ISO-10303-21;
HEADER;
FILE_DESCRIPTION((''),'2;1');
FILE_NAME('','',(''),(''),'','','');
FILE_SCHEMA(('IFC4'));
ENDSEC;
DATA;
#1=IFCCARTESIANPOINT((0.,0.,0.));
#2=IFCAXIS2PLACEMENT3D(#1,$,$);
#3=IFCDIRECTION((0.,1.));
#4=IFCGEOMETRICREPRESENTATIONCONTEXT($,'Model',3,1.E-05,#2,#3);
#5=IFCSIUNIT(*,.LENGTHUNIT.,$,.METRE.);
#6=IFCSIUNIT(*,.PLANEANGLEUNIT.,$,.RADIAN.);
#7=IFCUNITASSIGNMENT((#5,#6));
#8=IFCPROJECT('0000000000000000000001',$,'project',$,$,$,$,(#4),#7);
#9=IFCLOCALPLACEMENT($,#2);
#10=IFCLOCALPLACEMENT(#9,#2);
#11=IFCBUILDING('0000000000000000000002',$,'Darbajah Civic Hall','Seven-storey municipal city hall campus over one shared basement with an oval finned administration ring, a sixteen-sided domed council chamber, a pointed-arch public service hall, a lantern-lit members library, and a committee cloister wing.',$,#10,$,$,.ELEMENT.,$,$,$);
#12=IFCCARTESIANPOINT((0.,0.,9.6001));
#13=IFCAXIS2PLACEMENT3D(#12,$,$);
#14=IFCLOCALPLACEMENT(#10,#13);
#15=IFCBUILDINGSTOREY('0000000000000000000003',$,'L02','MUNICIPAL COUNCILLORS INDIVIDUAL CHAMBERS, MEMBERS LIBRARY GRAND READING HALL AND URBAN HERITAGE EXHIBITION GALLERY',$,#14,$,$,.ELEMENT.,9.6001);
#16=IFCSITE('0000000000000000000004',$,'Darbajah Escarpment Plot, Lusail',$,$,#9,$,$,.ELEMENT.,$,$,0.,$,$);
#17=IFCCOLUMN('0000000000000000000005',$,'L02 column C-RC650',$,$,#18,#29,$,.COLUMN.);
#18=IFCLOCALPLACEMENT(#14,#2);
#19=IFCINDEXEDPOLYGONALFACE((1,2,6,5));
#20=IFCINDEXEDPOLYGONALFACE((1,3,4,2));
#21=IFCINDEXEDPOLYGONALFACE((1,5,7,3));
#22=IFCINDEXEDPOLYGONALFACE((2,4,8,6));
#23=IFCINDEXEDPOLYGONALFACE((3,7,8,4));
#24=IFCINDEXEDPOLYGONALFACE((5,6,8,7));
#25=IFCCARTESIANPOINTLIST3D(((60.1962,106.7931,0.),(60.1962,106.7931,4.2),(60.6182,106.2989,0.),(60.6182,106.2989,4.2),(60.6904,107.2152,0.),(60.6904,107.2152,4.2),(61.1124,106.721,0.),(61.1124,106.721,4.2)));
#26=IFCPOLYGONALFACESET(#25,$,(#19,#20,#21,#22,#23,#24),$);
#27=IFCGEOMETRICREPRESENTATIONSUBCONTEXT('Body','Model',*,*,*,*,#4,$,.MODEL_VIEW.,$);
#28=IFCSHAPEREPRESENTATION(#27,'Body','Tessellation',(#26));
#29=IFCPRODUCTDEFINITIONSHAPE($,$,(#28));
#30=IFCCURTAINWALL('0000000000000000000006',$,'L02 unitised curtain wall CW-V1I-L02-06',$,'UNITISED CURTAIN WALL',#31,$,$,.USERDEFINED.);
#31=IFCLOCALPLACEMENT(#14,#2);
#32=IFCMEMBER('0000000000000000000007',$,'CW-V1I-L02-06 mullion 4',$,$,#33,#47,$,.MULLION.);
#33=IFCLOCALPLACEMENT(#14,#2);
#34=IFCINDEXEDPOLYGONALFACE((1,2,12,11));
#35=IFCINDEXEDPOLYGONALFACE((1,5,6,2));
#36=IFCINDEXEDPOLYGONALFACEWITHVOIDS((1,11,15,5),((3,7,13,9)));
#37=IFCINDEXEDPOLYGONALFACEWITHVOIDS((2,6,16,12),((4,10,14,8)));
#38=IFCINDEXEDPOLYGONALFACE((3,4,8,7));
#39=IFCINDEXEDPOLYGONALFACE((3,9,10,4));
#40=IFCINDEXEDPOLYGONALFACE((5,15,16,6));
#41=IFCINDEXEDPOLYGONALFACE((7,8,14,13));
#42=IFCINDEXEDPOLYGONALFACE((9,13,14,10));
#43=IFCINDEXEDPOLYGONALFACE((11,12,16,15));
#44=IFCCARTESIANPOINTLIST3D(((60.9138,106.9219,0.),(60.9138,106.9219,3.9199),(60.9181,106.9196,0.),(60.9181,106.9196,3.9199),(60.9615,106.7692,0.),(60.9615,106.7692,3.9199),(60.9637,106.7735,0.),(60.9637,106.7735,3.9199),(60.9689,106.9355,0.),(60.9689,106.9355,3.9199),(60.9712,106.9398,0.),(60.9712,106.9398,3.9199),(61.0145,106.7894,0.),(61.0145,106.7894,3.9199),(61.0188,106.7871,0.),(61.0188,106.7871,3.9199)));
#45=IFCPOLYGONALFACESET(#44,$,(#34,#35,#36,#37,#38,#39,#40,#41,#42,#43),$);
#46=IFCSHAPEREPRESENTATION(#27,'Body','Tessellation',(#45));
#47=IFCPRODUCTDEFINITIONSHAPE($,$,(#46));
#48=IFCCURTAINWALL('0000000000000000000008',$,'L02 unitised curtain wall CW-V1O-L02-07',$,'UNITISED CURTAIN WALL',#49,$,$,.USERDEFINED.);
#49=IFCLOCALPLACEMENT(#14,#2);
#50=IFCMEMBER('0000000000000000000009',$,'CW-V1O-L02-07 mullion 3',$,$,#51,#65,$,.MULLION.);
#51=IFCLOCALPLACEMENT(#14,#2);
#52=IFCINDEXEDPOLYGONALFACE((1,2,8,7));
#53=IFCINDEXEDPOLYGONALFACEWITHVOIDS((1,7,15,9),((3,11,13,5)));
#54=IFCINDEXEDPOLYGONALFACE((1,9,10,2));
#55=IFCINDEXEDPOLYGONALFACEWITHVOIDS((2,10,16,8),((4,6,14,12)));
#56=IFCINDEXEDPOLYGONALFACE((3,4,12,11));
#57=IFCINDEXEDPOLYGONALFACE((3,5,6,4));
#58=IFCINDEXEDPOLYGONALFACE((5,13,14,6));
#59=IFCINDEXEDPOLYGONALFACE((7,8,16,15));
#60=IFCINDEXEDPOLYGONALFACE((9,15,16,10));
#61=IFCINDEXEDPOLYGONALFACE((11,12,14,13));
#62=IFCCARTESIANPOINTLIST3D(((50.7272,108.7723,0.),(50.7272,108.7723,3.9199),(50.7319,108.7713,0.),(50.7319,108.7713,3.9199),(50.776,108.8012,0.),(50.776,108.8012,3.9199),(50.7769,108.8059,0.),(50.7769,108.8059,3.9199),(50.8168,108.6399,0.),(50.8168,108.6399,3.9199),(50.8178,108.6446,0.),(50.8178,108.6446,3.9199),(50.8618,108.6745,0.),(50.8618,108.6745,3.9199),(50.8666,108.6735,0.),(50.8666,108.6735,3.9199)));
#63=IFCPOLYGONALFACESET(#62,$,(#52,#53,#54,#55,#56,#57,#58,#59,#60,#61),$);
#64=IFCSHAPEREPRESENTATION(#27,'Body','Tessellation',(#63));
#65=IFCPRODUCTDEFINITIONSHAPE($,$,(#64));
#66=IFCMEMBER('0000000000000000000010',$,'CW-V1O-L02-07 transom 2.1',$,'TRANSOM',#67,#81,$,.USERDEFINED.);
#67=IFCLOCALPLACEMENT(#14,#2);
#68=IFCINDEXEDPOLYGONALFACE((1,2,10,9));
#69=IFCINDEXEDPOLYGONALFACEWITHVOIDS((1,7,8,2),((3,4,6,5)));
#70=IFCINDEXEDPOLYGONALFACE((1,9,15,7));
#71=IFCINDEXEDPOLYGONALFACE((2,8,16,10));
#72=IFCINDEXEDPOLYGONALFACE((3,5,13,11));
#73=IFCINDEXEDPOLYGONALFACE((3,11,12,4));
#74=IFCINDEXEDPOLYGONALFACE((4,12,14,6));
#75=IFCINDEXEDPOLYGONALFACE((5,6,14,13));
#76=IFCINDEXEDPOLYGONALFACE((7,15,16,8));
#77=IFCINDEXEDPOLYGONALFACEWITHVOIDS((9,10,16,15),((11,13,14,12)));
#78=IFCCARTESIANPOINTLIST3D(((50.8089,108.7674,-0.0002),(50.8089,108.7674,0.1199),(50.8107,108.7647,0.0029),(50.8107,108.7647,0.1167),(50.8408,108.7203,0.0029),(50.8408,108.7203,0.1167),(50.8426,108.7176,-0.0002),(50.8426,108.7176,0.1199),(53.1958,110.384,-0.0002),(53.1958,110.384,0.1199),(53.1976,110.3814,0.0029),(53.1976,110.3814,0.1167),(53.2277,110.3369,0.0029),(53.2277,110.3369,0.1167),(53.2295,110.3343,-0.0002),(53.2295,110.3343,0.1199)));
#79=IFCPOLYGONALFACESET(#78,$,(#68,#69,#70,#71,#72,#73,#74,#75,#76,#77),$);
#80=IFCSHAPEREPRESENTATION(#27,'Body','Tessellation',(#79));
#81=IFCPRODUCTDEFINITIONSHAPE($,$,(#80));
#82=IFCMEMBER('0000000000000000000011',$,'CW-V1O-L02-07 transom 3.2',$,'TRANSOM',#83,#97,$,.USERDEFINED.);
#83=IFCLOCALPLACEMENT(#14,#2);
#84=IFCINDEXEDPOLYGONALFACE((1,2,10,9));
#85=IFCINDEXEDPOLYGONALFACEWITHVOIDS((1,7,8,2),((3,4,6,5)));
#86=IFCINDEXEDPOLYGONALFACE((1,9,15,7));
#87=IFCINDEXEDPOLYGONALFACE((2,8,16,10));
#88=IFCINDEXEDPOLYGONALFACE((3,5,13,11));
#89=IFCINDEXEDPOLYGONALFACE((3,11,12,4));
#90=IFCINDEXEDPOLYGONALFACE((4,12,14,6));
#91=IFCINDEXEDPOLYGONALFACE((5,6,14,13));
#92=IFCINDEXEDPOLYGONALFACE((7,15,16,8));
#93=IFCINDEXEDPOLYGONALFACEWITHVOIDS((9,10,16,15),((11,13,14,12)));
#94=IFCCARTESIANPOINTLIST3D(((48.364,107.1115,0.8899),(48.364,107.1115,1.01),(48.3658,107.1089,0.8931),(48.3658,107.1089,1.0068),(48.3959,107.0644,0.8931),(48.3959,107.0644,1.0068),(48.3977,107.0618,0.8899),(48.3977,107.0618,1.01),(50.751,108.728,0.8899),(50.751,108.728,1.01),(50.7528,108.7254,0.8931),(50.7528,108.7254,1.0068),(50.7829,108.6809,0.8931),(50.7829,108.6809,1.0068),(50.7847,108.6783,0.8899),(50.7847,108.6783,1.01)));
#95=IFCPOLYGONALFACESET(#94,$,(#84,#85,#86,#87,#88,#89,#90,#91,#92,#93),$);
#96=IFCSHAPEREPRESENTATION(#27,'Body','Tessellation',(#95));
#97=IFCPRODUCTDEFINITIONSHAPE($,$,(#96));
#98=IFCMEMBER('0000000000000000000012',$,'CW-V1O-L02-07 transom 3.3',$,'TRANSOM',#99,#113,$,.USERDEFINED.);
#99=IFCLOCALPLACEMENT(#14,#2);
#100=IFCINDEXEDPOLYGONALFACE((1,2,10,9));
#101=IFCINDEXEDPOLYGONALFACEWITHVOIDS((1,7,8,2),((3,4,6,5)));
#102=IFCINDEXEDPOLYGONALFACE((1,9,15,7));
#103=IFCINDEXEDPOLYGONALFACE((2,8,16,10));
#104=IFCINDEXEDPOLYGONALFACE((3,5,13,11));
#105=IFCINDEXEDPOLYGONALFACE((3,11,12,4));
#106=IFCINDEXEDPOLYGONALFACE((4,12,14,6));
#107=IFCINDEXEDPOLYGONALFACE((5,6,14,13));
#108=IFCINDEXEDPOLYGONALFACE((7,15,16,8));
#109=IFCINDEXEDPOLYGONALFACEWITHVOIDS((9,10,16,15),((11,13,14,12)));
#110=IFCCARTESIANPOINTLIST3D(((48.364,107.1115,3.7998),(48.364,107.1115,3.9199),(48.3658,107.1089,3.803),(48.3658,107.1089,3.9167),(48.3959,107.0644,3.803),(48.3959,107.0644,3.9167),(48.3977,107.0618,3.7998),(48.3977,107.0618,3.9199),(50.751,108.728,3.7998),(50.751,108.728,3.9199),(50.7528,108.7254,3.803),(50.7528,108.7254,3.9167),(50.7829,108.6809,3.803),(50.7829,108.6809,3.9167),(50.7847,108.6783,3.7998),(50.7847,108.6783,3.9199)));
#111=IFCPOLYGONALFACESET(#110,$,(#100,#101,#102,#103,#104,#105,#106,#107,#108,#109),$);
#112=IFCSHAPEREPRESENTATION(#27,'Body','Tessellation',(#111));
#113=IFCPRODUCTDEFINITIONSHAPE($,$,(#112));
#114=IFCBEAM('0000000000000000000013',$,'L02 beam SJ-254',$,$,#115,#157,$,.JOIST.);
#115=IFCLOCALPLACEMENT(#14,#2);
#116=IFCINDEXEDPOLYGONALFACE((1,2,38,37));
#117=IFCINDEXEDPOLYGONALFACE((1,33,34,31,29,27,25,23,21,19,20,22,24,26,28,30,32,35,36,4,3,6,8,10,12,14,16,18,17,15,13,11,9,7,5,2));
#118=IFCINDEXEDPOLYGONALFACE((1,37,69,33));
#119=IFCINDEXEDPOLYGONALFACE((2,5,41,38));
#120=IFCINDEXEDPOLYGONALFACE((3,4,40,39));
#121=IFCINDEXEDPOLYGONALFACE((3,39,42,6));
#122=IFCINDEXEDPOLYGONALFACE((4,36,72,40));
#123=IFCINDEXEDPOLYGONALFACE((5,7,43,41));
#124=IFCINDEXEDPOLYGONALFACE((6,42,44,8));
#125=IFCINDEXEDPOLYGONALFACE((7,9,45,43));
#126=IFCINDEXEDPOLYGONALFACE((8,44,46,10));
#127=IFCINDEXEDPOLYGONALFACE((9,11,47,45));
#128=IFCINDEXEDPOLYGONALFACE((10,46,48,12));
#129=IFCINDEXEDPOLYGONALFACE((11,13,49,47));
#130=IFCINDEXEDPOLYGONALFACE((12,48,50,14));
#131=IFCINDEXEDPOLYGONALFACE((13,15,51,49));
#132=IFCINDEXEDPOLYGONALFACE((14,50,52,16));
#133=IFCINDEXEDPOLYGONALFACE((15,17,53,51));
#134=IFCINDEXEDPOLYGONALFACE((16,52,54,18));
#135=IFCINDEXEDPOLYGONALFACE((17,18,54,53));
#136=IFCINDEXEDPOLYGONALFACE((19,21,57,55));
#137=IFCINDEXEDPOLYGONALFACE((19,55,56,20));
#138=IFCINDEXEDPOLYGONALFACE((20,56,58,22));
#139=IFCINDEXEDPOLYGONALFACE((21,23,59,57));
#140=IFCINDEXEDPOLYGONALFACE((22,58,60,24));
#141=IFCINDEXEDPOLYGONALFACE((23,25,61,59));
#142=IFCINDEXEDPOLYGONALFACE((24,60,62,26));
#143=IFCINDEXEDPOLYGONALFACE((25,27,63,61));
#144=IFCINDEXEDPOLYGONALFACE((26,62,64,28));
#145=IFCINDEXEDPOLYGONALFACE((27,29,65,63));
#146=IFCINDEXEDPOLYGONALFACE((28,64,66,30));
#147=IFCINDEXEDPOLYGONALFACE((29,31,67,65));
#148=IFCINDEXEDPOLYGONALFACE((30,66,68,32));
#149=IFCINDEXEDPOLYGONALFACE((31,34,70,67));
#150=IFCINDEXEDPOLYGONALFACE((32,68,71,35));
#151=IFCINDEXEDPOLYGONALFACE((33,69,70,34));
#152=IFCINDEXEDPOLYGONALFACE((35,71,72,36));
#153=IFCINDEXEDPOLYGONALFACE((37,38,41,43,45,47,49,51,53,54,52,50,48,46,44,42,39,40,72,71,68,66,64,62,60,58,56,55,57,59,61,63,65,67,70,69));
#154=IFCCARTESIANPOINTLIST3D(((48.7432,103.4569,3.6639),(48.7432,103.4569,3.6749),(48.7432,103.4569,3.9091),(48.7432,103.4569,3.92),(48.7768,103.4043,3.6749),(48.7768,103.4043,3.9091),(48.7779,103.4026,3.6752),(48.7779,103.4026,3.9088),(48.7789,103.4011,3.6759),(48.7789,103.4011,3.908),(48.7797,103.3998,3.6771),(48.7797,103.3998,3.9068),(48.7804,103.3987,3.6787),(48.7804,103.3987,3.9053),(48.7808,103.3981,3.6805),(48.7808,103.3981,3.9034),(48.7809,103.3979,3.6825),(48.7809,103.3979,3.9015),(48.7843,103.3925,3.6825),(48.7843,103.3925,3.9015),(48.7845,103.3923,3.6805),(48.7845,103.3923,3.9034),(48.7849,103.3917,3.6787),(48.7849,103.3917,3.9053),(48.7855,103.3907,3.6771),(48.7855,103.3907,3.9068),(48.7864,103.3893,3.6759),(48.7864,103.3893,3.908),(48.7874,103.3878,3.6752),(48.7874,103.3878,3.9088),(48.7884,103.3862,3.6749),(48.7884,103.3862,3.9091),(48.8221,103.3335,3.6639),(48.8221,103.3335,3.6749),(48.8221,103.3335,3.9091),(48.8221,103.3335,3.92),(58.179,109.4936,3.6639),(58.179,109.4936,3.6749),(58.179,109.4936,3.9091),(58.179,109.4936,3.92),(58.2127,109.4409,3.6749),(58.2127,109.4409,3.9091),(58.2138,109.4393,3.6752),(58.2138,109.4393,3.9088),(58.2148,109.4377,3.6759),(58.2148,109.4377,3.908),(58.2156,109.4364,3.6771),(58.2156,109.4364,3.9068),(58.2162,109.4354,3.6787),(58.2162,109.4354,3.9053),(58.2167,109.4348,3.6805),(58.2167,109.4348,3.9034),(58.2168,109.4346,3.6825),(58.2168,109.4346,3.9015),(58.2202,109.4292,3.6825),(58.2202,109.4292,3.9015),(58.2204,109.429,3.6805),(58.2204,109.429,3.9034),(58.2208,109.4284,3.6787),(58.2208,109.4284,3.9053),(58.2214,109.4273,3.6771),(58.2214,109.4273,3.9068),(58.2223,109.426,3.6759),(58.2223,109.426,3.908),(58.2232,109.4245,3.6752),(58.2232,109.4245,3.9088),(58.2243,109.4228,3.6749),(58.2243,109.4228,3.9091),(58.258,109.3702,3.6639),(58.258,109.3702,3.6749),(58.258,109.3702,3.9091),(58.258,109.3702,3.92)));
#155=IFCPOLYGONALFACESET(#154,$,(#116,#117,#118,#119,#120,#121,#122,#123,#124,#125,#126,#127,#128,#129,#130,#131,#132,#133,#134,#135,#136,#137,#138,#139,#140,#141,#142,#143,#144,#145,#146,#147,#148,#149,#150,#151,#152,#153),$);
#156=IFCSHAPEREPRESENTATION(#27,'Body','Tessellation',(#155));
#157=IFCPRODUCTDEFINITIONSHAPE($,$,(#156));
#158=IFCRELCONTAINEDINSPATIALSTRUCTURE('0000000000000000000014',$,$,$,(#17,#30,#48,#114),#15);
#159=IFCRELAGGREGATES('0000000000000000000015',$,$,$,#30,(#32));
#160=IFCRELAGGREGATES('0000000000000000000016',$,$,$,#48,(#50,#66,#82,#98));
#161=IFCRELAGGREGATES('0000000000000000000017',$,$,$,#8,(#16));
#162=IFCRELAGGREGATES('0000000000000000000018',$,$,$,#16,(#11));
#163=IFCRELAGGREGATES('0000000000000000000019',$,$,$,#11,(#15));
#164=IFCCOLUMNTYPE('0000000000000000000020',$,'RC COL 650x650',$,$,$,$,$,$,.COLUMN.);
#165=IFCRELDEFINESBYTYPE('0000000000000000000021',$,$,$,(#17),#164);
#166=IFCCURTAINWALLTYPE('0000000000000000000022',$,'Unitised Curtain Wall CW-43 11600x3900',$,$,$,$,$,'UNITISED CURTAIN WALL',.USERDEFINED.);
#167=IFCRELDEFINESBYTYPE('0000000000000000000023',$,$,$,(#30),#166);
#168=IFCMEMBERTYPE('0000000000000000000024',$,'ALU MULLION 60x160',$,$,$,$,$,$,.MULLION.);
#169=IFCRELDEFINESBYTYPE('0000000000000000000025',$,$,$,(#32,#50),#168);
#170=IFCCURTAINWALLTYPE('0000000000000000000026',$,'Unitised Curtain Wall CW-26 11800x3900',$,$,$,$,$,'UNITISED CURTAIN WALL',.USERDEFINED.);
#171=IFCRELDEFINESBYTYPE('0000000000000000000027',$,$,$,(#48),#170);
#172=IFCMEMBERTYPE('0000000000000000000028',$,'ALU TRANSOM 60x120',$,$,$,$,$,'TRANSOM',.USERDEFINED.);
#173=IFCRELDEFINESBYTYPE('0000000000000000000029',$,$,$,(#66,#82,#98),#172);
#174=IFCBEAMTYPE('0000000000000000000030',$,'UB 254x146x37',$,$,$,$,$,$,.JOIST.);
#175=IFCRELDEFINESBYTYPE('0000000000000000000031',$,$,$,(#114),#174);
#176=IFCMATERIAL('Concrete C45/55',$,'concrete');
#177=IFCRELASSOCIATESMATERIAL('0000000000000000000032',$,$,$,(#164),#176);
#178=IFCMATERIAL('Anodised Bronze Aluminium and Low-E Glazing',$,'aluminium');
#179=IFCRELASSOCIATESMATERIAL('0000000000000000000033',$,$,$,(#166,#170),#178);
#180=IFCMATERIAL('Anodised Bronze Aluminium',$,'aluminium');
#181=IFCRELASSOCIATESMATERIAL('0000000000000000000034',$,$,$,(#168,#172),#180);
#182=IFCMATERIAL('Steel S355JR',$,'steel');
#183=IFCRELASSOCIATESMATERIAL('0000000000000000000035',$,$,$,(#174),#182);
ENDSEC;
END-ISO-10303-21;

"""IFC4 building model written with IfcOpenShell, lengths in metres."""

from ifc_helpers import new_model, si_unit, direction, frame, origin, origin_2d, place, context, subcontext, project, spatial, rectangle, hollow_rectangle, i_section, extrude, material, material_profile, profile_set, type_object, element, aggregate, save


model = new_model("IFC4")

# Units and contexts
model_context = context("Model", 3, precision=1e-05, world=origin(), true_north=direction((0.0, 1.0)))
body_context = subcontext(model_context, "Body", "Model", "MODEL_VIEW")
ifc_project = project(units=[si_unit("LENGTHUNIT", "METRE"), si_unit("PLANEANGLEUNIT", "RADIAN")], contexts=[model_context])

# Site, building, storey
site_placement = place(None, origin())
site = spatial("IfcSite", under=ifc_project, at=site_placement, Name="Darbajah Escarpment Plot, Lusail", CompositionType="ELEMENT", RefElevation=0.0)
building_placement = place(site_placement, origin())
building = spatial("IfcBuilding", under=site, at=building_placement, Name="Darbajah Civic Hall", Description="Seven-storey municipal city hall campus over one shared basement with an oval finned administration ring, a sixteen-sided domed council chamber, a pointed-arch public service hall, a lantern-lit members library, and a committee cloister wing.", CompositionType="ELEMENT")
storey_placement = place(building_placement, frame((0.0, 0.0, 9.6001)))
storey = spatial("IfcBuildingStorey", under=building, at=storey_placement, Name="L02", Description="MUNICIPAL COUNCILLORS INDIVIDUAL CHAMBERS, MEMBERS LIBRARY GRAND READING HALL AND URBAN HERITAGE EXHIBITION GALLERY", CompositionType="ELEMENT", Elevation=9.6001)

# Column
ifc_material_1 = material(Name="Concrete C45/55", Category="concrete")
ifc_material_profile_1 = material_profile(ifc_material_1, rectangle(XDim=0.6499, YDim=0.6499, at=origin_2d()), Name="RC COL 650x650")
ifc_profile_set_1 = profile_set([ifc_material_profile_1], Name="Concrete C45/55")
column_type = type_object("IfcColumnType", Name="RC COL 650x650", PredefinedType="COLUMN", material=ifc_profile_set_1)
column_placement = place(storey_placement, frame((60.6543, 106.7571, 0.0), z_axis=(0.0, 0.0, 1.0), x_axis=(-0.649448, 0.760406, 0.0)))
element("IfcColumn", 1, at=column_placement, inside=storey, type_object=column_type, Name="L02 column C-RC650", PredefinedType="COLUMN", context=body_context, shape_type="SweptSolid", body=[
    extrude(rectangle(XDim=0.6499, YDim=0.6499, at=origin_2d()), origin(), (0.0, 0.0, 1.0), 4.2),
])

# Curtain wall, member
ifc_material_2 = material(Name="Anodised Bronze Aluminium and Low-E Glazing", Category="aluminium")
curtain_wall_type_1 = type_object("IfcCurtainWallType", Name="Unitised Curtain Wall CW-43 11600x3900", ElementType="UNITISED CURTAIN WALL", PredefinedType="USERDEFINED", material=ifc_material_2)
curtain_wall_1_placement = place(storey_placement, origin())
curtain_wall_1 = element("IfcCurtainWall", 2, at=curtain_wall_1_placement, inside=storey, type_object=curtain_wall_type_1, Name="L02 unitised curtain wall CW-V1I-L02-06", ObjectType="UNITISED CURTAIN WALL", PredefinedType="USERDEFINED")
ifc_material_3 = material(Name="Anodised Bronze Aluminium", Category="aluminium")
ifc_material_profile_2 = material_profile(ifc_material_3, hollow_rectangle(XDim=0.0601, YDim=0.1599, WallThickness=0.0034, at=origin_2d()), Name="ALU MULLION 60x160")
ifc_profile_set_2 = profile_set([ifc_material_profile_2], Name="Anodised Bronze Aluminium")
member_type_1 = type_object("IfcMemberType", Name="ALU MULLION 60x160", PredefinedType="MULLION", material=ifc_profile_set_2)
member_1_placement = place(storey_placement, frame((60.9663, 106.8545, 0.0), z_axis=(0.0, 0.0, 1.0), x_axis=(-0.954605, -0.297875, 0.0)))
member_1 = element("IfcMember", 3, at=member_1_placement, type_object=member_type_1, Name="CW-V1I-L02-06 mullion 4", PredefinedType="MULLION", context=body_context, shape_type="SweptSolid", body=[
    extrude(hollow_rectangle(XDim=0.0601, YDim=0.1599, WallThickness=0.0034, at=origin_2d()), origin(), (0.0, 0.0, 1.0), 3.9199),
])

# Curtain wall, members
curtain_wall_type_2 = type_object("IfcCurtainWallType", Name="Unitised Curtain Wall CW-26 11800x3900", ElementType="UNITISED CURTAIN WALL", PredefinedType="USERDEFINED", material=ifc_material_2)
curtain_wall_2_placement = place(storey_placement, origin())
curtain_wall_2 = element("IfcCurtainWall", 4, at=curtain_wall_2_placement, inside=storey, type_object=curtain_wall_type_2, Name="L02 unitised curtain wall CW-V1O-L02-07", ObjectType="UNITISED CURTAIN WALL", PredefinedType="USERDEFINED")
member_2_placement = place(storey_placement, frame((50.7969, 108.7229, 0.0), z_axis=(0.0, 0.0, 1.0), x_axis=(-0.827962, -0.560784, 0.0)))
member_2 = element("IfcMember", 5, at=member_2_placement, type_object=member_type_1, Name="CW-V1O-L02-07 mullion 3", PredefinedType="MULLION", context=body_context, shape_type="SweptSolid", body=[
    extrude(hollow_rectangle(XDim=0.0601, YDim=0.1599, WallThickness=0.0034, at=origin_2d()), origin(), (0.0, 0.0, 1.0), 3.9199),
])
ifc_material_profile_3 = material_profile(ifc_material_3, hollow_rectangle(XDim=0.0601, YDim=0.1201, WallThickness=0.0032, at=origin_2d()), Name="ALU TRANSOM 60x120")
ifc_profile_set_3 = profile_set([ifc_material_profile_3], Name="Anodised Bronze Aluminium")
member_type_2 = type_object("IfcMemberType", Name="ALU TRANSOM 60x120", ElementType="TRANSOM", PredefinedType="USERDEFINED", material=ifc_profile_set_3)
member_3_placement = place(storey_placement, frame((53.2126, 110.3591, 0.0598), z_axis=(-0.827963, -0.560783, 0.0), x_axis=(0.560783, -0.827963, 0.0)))
member_3 = element("IfcMember", 6, at=member_3_placement, type_object=member_type_2, Name="CW-V1O-L02-07 transom 2.1", ObjectType="TRANSOM", PredefinedType="USERDEFINED", context=body_context, shape_type="SweptSolid", body=[
    extrude(hollow_rectangle(XDim=0.0601, YDim=0.1201, WallThickness=0.0032, at=origin_2d()), origin(), (0.0, 0.0, 1.0), 2.8828),
])
member_4_placement = place(storey_placement, frame((50.7678, 108.7031, 0.95), z_axis=(-0.828002, -0.560725, 0.0), x_axis=(0.560725, -0.828002, 0.0)))
member_4 = element("IfcMember", 7, at=member_4_placement, type_object=member_type_2, Name="CW-V1O-L02-07 transom 3.2", ObjectType="TRANSOM", PredefinedType="USERDEFINED", context=body_context, shape_type="SweptSolid", body=[
    extrude(hollow_rectangle(XDim=0.0601, YDim=0.1201, WallThickness=0.0032, at=origin_2d()), origin(), (0.0, 0.0, 1.0), 2.8828),
])
member_5_placement = place(storey_placement, frame((50.7678, 108.7031, 3.8599), z_axis=(-0.828002, -0.560725, 0.0), x_axis=(0.560725, -0.828002, 0.0)))
member_5 = element("IfcMember", 8, at=member_5_placement, type_object=member_type_2, Name="CW-V1O-L02-07 transom 3.3", ObjectType="TRANSOM", PredefinedType="USERDEFINED", context=body_context, shape_type="SweptSolid", body=[
    extrude(hollow_rectangle(XDim=0.0601, YDim=0.1201, WallThickness=0.0032, at=origin_2d()), origin(), (0.0, 0.0, 1.0), 2.8828),
])

# Beam
ifc_material_4 = material(Name="Steel S355JR", Category="steel")
ifc_material_profile_4 = material_profile(ifc_material_4, i_section(OverallWidth=0.1465, OverallDepth=0.2561, WebThickness=0.0063, FlangeThickness=0.011, FilletRadius=0.0076, at=origin_2d()), Name="UB 254x146x37")
ifc_profile_set_4 = profile_set([ifc_material_profile_4], Name="Steel S355JR")
beam_type_1 = type_object("IfcBeamType", Name="UB 254x146x37", PredefinedType="JOIST", material=ifc_profile_set_4)
beam_1_placement = place(storey_placement, frame((58.2185, 109.4319, 3.792), z_axis=(-0.842364, -0.538909, 0.0), x_axis=(0.538909, -0.842364, 0.0)))
element("IfcBeam", 9, at=beam_1_placement, inside=storey, type_object=beam_type_1, Name="L02 beam SJ-254", PredefinedType="JOIST", context=body_context, shape_type="SweptSolid", body=[
    extrude(i_section(OverallWidth=0.1465, OverallDepth=0.2561, WebThickness=0.0063, FlangeThickness=0.011, FilletRadius=0.0076, at=origin_2d()), origin(), (0.0, 0.0, 1.0), 11.2017),
])

aggregate(curtain_wall_1, [member_1])
aggregate(curtain_wall_2, [member_2, member_3, member_4, member_5])

save(model, "model.ifc")
